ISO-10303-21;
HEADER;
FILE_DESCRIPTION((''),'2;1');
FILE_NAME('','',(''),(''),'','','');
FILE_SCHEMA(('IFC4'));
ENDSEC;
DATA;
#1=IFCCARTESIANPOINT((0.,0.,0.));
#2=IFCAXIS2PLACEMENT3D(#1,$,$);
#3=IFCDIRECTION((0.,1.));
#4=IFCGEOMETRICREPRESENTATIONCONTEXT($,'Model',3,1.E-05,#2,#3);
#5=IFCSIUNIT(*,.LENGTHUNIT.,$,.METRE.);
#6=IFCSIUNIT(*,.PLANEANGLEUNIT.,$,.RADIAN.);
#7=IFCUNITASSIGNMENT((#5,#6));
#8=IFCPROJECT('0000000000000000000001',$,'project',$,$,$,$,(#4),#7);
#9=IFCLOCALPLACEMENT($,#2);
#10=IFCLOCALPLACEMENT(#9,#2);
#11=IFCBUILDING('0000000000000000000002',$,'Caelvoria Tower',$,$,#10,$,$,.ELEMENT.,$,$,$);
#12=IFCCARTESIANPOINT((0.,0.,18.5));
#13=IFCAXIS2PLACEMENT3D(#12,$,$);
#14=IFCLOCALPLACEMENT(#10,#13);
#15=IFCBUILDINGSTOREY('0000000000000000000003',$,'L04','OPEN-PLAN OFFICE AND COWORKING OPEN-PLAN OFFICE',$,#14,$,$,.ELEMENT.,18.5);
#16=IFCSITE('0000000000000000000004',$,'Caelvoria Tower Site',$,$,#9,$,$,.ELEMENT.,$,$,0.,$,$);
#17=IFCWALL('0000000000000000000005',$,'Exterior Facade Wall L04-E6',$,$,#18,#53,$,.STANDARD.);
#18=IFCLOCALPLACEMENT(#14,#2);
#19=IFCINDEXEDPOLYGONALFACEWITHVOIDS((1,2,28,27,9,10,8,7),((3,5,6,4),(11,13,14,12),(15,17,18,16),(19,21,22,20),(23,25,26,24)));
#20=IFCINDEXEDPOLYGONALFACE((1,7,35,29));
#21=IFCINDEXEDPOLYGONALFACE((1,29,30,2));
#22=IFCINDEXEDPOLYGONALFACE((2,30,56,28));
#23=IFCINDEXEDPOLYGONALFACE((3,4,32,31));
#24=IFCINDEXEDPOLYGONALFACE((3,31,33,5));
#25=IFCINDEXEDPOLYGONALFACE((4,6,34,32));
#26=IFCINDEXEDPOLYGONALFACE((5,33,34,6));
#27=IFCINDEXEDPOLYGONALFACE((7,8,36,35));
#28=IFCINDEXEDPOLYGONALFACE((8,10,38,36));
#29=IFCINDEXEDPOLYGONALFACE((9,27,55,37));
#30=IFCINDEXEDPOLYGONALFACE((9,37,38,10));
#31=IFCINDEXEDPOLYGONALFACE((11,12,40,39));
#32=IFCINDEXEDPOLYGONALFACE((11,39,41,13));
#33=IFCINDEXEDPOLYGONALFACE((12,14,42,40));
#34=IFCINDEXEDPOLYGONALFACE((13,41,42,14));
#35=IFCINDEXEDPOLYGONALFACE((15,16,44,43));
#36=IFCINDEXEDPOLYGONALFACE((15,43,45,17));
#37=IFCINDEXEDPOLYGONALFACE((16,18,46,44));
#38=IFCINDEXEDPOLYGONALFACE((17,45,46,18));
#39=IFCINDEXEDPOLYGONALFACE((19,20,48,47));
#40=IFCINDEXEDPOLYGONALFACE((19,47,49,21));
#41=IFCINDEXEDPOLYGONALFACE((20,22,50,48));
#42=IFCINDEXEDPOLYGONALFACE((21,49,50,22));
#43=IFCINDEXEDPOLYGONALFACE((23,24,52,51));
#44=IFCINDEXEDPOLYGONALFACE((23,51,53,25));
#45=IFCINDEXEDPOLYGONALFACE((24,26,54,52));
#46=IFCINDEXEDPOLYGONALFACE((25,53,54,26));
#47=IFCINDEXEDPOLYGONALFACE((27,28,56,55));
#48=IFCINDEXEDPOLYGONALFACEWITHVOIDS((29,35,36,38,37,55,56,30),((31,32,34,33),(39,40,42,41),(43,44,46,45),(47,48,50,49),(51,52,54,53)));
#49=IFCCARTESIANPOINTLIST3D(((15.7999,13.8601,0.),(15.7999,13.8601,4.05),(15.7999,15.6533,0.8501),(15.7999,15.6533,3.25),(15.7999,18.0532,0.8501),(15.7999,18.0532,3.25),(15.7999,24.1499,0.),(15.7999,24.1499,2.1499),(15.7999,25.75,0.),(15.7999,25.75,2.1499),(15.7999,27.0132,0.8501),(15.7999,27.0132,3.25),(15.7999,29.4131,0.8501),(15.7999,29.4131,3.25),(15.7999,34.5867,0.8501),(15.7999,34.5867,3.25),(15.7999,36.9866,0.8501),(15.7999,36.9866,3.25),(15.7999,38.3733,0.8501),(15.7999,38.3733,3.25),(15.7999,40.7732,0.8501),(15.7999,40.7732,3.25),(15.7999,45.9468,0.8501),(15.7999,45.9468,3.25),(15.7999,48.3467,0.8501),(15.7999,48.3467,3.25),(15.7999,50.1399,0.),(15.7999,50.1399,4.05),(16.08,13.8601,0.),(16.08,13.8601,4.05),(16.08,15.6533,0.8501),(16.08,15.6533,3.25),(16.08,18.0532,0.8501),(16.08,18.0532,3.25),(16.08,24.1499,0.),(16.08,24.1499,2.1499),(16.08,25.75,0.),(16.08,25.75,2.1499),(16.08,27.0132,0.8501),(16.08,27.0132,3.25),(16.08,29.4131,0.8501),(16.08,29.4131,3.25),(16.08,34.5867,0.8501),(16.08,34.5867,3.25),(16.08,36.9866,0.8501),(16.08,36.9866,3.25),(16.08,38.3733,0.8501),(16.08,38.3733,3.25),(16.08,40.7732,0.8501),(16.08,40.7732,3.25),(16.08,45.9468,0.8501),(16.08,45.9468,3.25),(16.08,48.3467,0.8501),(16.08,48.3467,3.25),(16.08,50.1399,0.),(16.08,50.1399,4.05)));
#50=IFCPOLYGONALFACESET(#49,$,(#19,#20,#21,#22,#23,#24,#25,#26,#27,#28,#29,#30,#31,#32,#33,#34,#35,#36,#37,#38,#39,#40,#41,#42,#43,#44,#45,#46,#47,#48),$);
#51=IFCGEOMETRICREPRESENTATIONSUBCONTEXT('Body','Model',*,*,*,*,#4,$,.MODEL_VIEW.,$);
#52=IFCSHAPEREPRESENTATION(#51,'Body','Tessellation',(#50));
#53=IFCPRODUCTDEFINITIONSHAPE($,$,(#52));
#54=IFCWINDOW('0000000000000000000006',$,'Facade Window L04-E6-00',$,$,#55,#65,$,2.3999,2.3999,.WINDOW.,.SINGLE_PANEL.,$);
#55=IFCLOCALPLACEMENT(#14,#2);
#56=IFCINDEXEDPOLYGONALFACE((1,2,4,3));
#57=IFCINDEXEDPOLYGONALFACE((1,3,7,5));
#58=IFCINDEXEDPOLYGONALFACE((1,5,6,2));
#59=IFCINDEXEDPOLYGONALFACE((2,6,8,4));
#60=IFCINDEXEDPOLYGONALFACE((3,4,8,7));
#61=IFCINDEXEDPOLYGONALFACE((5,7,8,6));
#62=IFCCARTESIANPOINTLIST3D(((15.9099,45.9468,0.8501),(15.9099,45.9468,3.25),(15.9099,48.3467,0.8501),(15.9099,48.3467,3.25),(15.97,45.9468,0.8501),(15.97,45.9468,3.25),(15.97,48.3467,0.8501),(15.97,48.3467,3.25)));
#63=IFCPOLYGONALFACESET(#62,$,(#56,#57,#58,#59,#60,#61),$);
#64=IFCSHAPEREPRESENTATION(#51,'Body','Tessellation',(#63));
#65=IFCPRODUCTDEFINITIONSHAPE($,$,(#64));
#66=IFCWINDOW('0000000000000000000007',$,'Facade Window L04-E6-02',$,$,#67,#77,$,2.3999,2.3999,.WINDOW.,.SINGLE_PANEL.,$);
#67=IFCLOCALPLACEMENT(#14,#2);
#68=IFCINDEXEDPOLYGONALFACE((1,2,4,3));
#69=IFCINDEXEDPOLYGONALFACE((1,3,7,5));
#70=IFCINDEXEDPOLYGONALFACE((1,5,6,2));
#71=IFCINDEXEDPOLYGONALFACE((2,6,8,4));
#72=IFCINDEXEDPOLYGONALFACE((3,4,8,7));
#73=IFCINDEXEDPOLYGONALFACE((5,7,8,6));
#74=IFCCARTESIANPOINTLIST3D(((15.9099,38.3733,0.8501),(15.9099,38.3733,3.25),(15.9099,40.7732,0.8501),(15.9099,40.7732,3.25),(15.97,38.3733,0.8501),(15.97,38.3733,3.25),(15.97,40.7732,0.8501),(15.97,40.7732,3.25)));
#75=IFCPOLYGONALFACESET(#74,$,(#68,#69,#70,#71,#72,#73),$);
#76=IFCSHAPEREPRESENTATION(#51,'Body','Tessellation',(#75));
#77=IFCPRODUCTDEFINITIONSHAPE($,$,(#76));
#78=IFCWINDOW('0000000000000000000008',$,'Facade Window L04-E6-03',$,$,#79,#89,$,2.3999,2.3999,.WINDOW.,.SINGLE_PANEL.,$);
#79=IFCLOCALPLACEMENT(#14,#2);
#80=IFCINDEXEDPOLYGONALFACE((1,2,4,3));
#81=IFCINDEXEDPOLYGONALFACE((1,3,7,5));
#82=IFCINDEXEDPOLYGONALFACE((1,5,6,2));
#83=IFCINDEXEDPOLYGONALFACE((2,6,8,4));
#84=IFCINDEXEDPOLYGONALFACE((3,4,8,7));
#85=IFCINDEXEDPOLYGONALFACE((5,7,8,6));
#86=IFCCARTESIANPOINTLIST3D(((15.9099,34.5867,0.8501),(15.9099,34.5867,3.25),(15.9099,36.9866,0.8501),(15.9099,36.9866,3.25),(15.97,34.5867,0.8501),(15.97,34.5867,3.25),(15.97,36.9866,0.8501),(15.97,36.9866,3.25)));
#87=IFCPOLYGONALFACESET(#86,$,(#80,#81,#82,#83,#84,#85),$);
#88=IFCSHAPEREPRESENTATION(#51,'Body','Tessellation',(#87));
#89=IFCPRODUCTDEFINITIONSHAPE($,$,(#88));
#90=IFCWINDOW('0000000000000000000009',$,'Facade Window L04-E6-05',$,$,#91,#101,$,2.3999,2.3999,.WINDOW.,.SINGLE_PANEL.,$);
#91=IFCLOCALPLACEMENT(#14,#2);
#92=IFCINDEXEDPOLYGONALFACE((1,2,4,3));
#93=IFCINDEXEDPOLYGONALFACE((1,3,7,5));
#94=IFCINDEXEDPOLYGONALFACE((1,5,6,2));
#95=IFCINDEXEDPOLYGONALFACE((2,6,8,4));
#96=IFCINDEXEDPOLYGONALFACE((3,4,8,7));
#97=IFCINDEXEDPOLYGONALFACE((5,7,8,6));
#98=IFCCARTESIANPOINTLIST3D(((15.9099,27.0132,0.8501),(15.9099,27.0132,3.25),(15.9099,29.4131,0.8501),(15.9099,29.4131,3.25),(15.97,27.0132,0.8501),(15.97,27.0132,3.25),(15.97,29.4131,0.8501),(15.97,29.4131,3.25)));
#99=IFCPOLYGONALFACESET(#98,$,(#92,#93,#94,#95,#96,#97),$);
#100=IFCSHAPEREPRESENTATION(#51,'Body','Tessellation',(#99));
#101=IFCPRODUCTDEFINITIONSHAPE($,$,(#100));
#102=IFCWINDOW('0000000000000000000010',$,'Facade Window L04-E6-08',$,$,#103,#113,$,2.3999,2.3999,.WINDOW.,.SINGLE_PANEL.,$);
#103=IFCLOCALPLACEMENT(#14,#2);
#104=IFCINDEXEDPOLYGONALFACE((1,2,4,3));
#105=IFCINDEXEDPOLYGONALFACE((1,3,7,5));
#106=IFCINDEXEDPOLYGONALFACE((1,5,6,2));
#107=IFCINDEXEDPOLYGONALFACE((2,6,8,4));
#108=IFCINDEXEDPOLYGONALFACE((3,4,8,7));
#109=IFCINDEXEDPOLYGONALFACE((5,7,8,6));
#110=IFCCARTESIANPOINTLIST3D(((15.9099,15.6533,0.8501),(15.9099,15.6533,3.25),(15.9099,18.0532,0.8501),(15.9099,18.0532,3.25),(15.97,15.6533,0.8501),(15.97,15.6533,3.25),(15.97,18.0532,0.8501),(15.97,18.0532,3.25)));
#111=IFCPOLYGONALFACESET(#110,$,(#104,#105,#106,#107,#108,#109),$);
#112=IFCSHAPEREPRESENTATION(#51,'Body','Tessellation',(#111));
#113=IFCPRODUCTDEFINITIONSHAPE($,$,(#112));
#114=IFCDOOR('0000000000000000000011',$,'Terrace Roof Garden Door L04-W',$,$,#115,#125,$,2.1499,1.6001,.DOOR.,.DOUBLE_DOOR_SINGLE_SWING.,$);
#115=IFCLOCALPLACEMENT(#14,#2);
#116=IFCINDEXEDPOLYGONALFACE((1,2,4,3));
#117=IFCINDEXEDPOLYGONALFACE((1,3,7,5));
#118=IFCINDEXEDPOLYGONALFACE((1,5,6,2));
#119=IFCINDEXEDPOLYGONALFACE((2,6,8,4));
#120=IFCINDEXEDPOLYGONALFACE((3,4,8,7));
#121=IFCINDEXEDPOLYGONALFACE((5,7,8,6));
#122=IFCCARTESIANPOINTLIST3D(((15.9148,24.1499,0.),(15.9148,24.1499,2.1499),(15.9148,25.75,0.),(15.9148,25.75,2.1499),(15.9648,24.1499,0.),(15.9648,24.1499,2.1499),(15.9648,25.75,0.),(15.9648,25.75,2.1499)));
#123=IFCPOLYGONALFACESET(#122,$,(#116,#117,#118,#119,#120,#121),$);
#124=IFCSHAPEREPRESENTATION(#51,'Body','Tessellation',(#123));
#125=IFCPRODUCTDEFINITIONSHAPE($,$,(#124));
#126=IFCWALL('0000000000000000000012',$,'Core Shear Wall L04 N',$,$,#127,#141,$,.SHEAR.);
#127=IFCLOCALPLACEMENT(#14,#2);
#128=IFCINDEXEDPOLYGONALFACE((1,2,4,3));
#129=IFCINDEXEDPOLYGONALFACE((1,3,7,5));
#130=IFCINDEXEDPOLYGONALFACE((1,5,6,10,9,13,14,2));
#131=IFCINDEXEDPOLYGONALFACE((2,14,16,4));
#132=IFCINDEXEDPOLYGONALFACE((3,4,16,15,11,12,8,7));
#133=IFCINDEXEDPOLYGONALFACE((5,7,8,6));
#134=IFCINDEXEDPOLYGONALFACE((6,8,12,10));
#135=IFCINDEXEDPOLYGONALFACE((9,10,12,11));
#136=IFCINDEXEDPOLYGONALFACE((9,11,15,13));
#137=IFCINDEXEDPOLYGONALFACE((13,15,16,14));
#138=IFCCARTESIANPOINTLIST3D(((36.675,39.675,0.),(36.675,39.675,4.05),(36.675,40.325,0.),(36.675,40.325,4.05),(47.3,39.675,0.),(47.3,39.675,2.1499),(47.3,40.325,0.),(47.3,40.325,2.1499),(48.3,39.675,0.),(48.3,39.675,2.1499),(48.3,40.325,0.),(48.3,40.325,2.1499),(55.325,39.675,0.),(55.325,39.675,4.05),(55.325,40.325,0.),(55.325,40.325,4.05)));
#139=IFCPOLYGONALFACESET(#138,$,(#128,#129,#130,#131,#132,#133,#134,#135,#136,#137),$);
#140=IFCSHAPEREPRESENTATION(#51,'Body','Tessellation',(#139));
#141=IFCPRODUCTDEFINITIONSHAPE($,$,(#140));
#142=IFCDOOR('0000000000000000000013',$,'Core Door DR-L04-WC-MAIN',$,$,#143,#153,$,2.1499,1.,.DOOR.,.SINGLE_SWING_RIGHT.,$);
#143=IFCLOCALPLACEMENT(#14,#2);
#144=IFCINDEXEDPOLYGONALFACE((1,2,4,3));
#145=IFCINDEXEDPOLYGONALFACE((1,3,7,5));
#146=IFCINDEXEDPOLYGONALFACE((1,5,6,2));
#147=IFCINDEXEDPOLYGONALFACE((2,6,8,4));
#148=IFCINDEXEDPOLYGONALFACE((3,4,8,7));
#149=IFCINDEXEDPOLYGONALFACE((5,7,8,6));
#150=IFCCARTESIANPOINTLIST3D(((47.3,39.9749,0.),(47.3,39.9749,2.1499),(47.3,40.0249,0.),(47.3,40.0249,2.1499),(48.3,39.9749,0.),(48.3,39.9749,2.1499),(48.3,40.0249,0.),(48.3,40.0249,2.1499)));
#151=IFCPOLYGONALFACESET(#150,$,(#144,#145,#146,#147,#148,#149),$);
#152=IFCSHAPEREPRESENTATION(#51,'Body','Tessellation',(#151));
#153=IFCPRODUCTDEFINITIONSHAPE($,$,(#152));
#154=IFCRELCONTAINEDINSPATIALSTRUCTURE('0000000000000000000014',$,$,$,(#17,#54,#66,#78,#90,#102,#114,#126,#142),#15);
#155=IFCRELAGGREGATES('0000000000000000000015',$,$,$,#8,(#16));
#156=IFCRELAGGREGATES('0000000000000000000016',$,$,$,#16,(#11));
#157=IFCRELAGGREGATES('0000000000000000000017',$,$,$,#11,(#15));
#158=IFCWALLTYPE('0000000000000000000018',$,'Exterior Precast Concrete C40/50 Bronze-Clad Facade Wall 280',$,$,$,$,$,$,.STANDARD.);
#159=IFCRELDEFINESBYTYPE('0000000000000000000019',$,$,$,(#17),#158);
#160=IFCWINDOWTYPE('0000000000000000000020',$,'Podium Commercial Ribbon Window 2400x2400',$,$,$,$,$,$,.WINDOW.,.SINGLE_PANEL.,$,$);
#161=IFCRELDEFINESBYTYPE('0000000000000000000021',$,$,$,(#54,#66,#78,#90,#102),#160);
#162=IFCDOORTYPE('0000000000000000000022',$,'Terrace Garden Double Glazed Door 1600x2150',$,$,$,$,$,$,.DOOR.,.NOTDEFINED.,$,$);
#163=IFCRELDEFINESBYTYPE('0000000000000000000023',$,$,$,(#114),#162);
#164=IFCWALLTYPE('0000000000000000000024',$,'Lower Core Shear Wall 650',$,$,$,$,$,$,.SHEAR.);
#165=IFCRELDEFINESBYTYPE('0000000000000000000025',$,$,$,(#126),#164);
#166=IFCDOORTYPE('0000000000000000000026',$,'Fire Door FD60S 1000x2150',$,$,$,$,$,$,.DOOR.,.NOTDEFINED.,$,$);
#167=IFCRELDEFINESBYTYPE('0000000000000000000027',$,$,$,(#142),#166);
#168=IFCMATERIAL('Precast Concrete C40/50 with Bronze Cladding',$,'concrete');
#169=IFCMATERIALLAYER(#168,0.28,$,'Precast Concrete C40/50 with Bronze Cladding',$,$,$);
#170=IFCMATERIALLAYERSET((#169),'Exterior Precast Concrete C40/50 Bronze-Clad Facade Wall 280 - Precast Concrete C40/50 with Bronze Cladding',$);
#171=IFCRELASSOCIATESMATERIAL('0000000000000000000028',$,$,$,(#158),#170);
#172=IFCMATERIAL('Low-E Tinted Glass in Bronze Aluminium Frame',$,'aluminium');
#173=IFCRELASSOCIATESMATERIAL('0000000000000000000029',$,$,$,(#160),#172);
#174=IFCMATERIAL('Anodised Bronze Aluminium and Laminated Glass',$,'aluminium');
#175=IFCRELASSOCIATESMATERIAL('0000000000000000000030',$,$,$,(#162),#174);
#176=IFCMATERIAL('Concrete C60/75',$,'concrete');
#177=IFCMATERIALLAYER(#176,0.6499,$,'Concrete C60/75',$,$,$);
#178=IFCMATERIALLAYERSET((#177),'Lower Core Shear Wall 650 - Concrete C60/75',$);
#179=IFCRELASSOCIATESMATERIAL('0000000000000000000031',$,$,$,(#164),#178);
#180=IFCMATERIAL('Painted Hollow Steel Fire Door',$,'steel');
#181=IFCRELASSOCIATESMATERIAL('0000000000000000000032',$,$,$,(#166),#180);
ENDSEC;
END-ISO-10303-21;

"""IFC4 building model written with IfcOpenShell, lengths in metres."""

from ifc_helpers import new_model, si_unit, direction, frame, frame_2d, origin, place, context, subcontext, project, spatial, rectangle, extrude, material, layer, layer_set, type_object, element, fill, save


model = new_model("IFC4")

# Units and contexts
model_context = context("Model", 3, precision=1e-05, world=origin(), true_north=direction((0.0, 1.0)))
body_context = subcontext(model_context, "Body", "Model", "MODEL_VIEW")
ifc_project = project(units=[si_unit("LENGTHUNIT", "METRE"), si_unit("PLANEANGLEUNIT", "RADIAN")], contexts=[model_context])

# Site, building, storey
site_placement = place(None, origin())
site = spatial("IfcSite", under=ifc_project, at=site_placement, Name="Caelvoria Tower Site", CompositionType="ELEMENT", RefElevation=0.0)
building_placement = place(site_placement, origin())
building = spatial("IfcBuilding", under=site, at=building_placement, Name="Caelvoria Tower", CompositionType="ELEMENT")
storey_placement = place(building_placement, frame((0.0, 0.0, 18.5)))
storey = spatial("IfcBuildingStorey", under=building, at=storey_placement, Name="L04", Description="OPEN-PLAN OFFICE AND COWORKING OPEN-PLAN OFFICE", CompositionType="ELEMENT", Elevation=18.5)

# Shared definitions
ifc_material_1 = material(Name="Precast Concrete C40/50 with Bronze Cladding", Category="concrete")
ifc_layer_1 = layer(ifc_material_1, 0.28, Name="Precast Concrete C40/50 with Bronze Cladding")
ifc_layer_set_1 = layer_set([ifc_layer_1], Name="Exterior Precast Concrete C40/50 Bronze-Clad Facade Wall 280 - Precast Concrete C40/50 with Bronze Cladding")
wall_type_1 = type_object("IfcWallType", Name="Exterior Precast Concrete C40/50 Bronze-Clad Facade Wall 280", PredefinedType="STANDARD", material=ifc_layer_set_1)
ifc_material_2 = material(Name="Low-E Tinted Glass in Bronze Aluminium Frame", Category="aluminium")

# Wall, openings, windows, door
wall_1_placement = place(storey_placement, frame((15.9399, 50.1399, 0.0), z_axis=(0.0, 0.0, 1.0), x_axis=(0.0, -1.0, 0.0)))
wall_1 = element("IfcWall", 1, at=wall_1_placement, inside=storey, type_object=wall_type_1, Name="Exterior Facade Wall L04-E6", PredefinedType="STANDARD", context=body_context, shape_type="SweptSolid", body=[
    extrude(rectangle(XDim=36.2798, YDim=0.28, at=frame_2d((18.1399, 0.0))), origin(), (0.0, 0.0, 1.0), 4.05),
])
opening_1_placement = place(wall_1_placement, frame((24.3899, 0.0, 0.0)))
opening_1 = element("IfcOpeningElement", 2, at=opening_1_placement, cuts=wall_1, PredefinedType="OPENING", context=body_context, shape_type="SweptSolid", body=[
    extrude(rectangle(XDim=1.6001, YDim=2.1499, at=frame_2d((0.8, 1.075))), frame((0.0, 0.1499, 0.0), z_axis=(0.0, -1.0, 0.0), x_axis=(1.0, 0.0, 0.0)), (0.0, 0.0, 1.0), 0.3),
])
opening_2_placement = place(wall_1_placement, frame((1.7932, 0.0, 0.8501)))
opening_2 = element("IfcOpeningElement", 3, at=opening_2_placement, cuts=wall_1, PredefinedType="OPENING", context=body_context, shape_type="SweptSolid", body=[
    extrude(rectangle(XDim=2.3999, YDim=2.3999, at=frame_2d((1.2, 1.2))), frame((0.0, 0.1499, 0.0), z_axis=(0.0, -1.0, 0.0), x_axis=(1.0, 0.0, 0.0)), (0.0, 0.0, 1.0), 0.3),
])
opening_3_placement = place(wall_1_placement, frame((9.3667, 0.0, 0.8501)))
opening_3 = element("IfcOpeningElement", 4, at=opening_3_placement, cuts=wall_1, PredefinedType="OPENING", context=body_context, shape_type="SweptSolid", body=[
    extrude(rectangle(XDim=2.3999, YDim=2.3999, at=frame_2d((1.2, 1.2))), frame((0.0, 0.1499, 0.0), z_axis=(0.0, -1.0, 0.0), x_axis=(1.0, 0.0, 0.0)), (0.0, 0.0, 1.0), 0.3),
])
opening_4_placement = place(wall_1_placement, frame((13.1533, 0.0, 0.8501)))
opening_4 = element("IfcOpeningElement", 5, at=opening_4_placement, cuts=wall_1, PredefinedType="OPENING", context=body_context, shape_type="SweptSolid", body=[
    extrude(rectangle(XDim=2.3999, YDim=2.3999, at=frame_2d((1.2, 1.2))), frame((0.0, 0.1499, 0.0), z_axis=(0.0, -1.0, 0.0), x_axis=(1.0, 0.0, 0.0)), (0.0, 0.0, 1.0), 0.3),
])
opening_5_placement = place(wall_1_placement, frame((20.7268, 0.0, 0.8501)))
opening_5 = element("IfcOpeningElement", 6, at=opening_5_placement, cuts=wall_1, PredefinedType="OPENING", context=body_context, shape_type="SweptSolid", body=[
    extrude(rectangle(XDim=2.3999, YDim=2.3999, at=frame_2d((1.2, 1.2))), frame((0.0, 0.1499, 0.0), z_axis=(0.0, -1.0, 0.0), x_axis=(1.0, 0.0, 0.0)), (0.0, 0.0, 1.0), 0.3),
])
opening_6_placement = place(wall_1_placement, frame((32.0867, 0.0, 0.8501)))
opening_6 = element("IfcOpeningElement", 7, at=opening_6_placement, cuts=wall_1, PredefinedType="OPENING", context=body_context, shape_type="SweptSolid", body=[
    extrude(rectangle(XDim=2.3999, YDim=2.3999, at=frame_2d((1.2, 1.2))), frame((0.0, 0.1499, 0.0), z_axis=(0.0, -1.0, 0.0), x_axis=(1.0, 0.0, 0.0)), (0.0, 0.0, 1.0), 0.3),
])
window_type_1 = type_object("IfcWindowType", Name="Podium Commercial Ribbon Window 2400x2400", PartitioningType="SINGLE_PANEL", PredefinedType="WINDOW", material=ifc_material_2)
window_1_placement = place(opening_2_placement, origin())
window_1 = element("IfcWindow", 8, at=window_1_placement, inside=storey, type_object=window_type_1, Name="Facade Window L04-E6-00", OverallHeight=2.3999, OverallWidth=2.3999, PartitioningType="SINGLE_PANEL", PredefinedType="WINDOW", context=body_context, shape_type="SweptSolid", body=[
    extrude(rectangle(XDim=2.3999, YDim=2.3999, at=frame_2d((1.2, 1.2))), frame((0.0, 0.03, 0.0), z_axis=(0.0, -1.0, 0.0), x_axis=(1.0, 0.0, 0.0)), (0.0, 0.0, 1.0), 0.0601),
])
fill(opening_2, window_1)
window_2_placement = place(opening_3_placement, origin())
window_2 = element("IfcWindow", 9, at=window_2_placement, inside=storey, type_object=window_type_1, Name="Facade Window L04-E6-02", OverallHeight=2.3999, OverallWidth=2.3999, PartitioningType="SINGLE_PANEL", PredefinedType="WINDOW", context=body_context, shape_type="SweptSolid", body=[
    extrude(rectangle(XDim=2.3999, YDim=2.3999, at=frame_2d((1.2, 1.2))), frame((0.0, 0.03, 0.0), z_axis=(0.0, -1.0, 0.0), x_axis=(1.0, 0.0, 0.0)), (0.0, 0.0, 1.0), 0.0601),
])
fill(opening_3, window_2)
window_3_placement = place(opening_4_placement, origin())
window_3 = element("IfcWindow", 10, at=window_3_placement, inside=storey, type_object=window_type_1, Name="Facade Window L04-E6-03", OverallHeight=2.3999, OverallWidth=2.3999, PartitioningType="SINGLE_PANEL", PredefinedType="WINDOW", context=body_context, shape_type="SweptSolid", body=[
    extrude(rectangle(XDim=2.3999, YDim=2.3999, at=frame_2d((1.2, 1.2))), frame((0.0, 0.03, 0.0), z_axis=(0.0, -1.0, 0.0), x_axis=(1.0, 0.0, 0.0)), (0.0, 0.0, 1.0), 0.0601),
])
fill(opening_4, window_3)
window_4_placement = place(opening_5_placement, origin())
window_4 = element("IfcWindow", 11, at=window_4_placement, inside=storey, type_object=window_type_1, Name="Facade Window L04-E6-05", OverallHeight=2.3999, OverallWidth=2.3999, PartitioningType="SINGLE_PANEL", PredefinedType="WINDOW", context=body_context, shape_type="SweptSolid", body=[
    extrude(rectangle(XDim=2.3999, YDim=2.3999, at=frame_2d((1.2, 1.2))), frame((0.0, 0.03, 0.0), z_axis=(0.0, -1.0, 0.0), x_axis=(1.0, 0.0, 0.0)), (0.0, 0.0, 1.0), 0.0601),
])
fill(opening_5, window_4)
window_5_placement = place(opening_6_placement, origin())
window_5 = element("IfcWindow", 12, at=window_5_placement, inside=storey, type_object=window_type_1, Name="Facade Window L04-E6-08", OverallHeight=2.3999, OverallWidth=2.3999, PartitioningType="SINGLE_PANEL", PredefinedType="WINDOW", context=body_context, shape_type="SweptSolid", body=[
    extrude(rectangle(XDim=2.3999, YDim=2.3999, at=frame_2d((1.2, 1.2))), frame((0.0, 0.03, 0.0), z_axis=(0.0, -1.0, 0.0), x_axis=(1.0, 0.0, 0.0)), (0.0, 0.0, 1.0), 0.0601),
])
fill(opening_6, window_5)
ifc_material_3 = material(Name="Anodised Bronze Aluminium and Laminated Glass", Category="aluminium")
door_type_1 = type_object("IfcDoorType", Name="Terrace Garden Double Glazed Door 1600x2150", OperationType="NOTDEFINED", PredefinedType="DOOR", material=ifc_material_3)
door_1_placement = place(opening_1_placement, origin())
door_1 = element("IfcDoor", 13, at=door_1_placement, inside=storey, type_object=door_type_1, Name="Terrace Roof Garden Door L04-W", OperationType="DOUBLE_DOOR_SINGLE_SWING", OverallHeight=2.1499, OverallWidth=1.6001, PredefinedType="DOOR", context=body_context, shape_type="SweptSolid", body=[
    extrude(rectangle(XDim=1.6001, YDim=2.1499, at=frame_2d((0.8, 1.075))), frame((0.0, 0.0249, 0.0), z_axis=(0.0, -1.0, 0.0), x_axis=(1.0, 0.0, 0.0)), (0.0, 0.0, 1.0), 0.05),
])
fill(opening_1, door_1)

# Wall, opening, door
ifc_material_4 = material(Name="Concrete C60/75", Category="concrete")
ifc_layer_2 = layer(ifc_material_4, 0.6499, Name="Concrete C60/75")
ifc_layer_set_2 = layer_set([ifc_layer_2], Name="Lower Core Shear Wall 650 - Concrete C60/75")
wall_type_2 = type_object("IfcWallType", Name="Lower Core Shear Wall 650", PredefinedType="SHEAR", material=ifc_layer_set_2)
wall_2_placement = place(storey_placement, frame((36.675, 40.0, 0.0), z_axis=(0.0, 0.0, 1.0), x_axis=(1.0, 0.0, 0.0)))
wall_2 = element("IfcWall", 14, at=wall_2_placement, inside=storey, type_object=wall_type_2, Name="Core Shear Wall L04 N", PredefinedType="SHEAR", context=body_context, shape_type="SweptSolid", body=[
    extrude(rectangle(XDim=18.6499, YDim=0.6499, at=frame_2d((9.325, 0.0))), origin(), (0.0, 0.0, 1.0), 4.05),
])
opening_7_placement = place(wall_2_placement, frame((10.625, 0.0, 0.0)))
opening_7 = element("IfcOpeningElement", 15, at=opening_7_placement, cuts=wall_2, PredefinedType="OPENING", context=body_context, shape_type="SweptSolid", body=[
    extrude(rectangle(XDim=1.0, YDim=2.1499, at=frame_2d((0.5, 1.075))), frame((0.0, 0.335, 0.0), z_axis=(0.0, -1.0, 0.0), x_axis=(1.0, 0.0, 0.0)), (0.0, 0.0, 1.0), 0.6699),
])
ifc_material_5 = material(Name="Painted Hollow Steel Fire Door", Category="steel")
door_type_2 = type_object("IfcDoorType", Name="Fire Door FD60S 1000x2150", OperationType="NOTDEFINED", PredefinedType="DOOR", material=ifc_material_5)
door_2_placement = place(opening_7_placement, origin())
door_2 = element("IfcDoor", 16, at=door_2_placement, inside=storey, type_object=door_type_2, Name="Core Door DR-L04-WC-MAIN", OperationType="SINGLE_SWING_RIGHT", OverallHeight=2.1499, OverallWidth=1.0, PredefinedType="DOOR", context=body_context, shape_type="SweptSolid", body=[
    extrude(rectangle(XDim=1.0, YDim=2.1499, at=frame_2d((0.5, 1.075))), frame((0.0, 0.0249, 0.0), z_axis=(0.0, -1.0, 0.0), x_axis=(1.0, 0.0, 0.0)), (0.0, 0.0, 1.0), 0.05),
])
fill(opening_7, door_2)

save(model, "model.ifc")
